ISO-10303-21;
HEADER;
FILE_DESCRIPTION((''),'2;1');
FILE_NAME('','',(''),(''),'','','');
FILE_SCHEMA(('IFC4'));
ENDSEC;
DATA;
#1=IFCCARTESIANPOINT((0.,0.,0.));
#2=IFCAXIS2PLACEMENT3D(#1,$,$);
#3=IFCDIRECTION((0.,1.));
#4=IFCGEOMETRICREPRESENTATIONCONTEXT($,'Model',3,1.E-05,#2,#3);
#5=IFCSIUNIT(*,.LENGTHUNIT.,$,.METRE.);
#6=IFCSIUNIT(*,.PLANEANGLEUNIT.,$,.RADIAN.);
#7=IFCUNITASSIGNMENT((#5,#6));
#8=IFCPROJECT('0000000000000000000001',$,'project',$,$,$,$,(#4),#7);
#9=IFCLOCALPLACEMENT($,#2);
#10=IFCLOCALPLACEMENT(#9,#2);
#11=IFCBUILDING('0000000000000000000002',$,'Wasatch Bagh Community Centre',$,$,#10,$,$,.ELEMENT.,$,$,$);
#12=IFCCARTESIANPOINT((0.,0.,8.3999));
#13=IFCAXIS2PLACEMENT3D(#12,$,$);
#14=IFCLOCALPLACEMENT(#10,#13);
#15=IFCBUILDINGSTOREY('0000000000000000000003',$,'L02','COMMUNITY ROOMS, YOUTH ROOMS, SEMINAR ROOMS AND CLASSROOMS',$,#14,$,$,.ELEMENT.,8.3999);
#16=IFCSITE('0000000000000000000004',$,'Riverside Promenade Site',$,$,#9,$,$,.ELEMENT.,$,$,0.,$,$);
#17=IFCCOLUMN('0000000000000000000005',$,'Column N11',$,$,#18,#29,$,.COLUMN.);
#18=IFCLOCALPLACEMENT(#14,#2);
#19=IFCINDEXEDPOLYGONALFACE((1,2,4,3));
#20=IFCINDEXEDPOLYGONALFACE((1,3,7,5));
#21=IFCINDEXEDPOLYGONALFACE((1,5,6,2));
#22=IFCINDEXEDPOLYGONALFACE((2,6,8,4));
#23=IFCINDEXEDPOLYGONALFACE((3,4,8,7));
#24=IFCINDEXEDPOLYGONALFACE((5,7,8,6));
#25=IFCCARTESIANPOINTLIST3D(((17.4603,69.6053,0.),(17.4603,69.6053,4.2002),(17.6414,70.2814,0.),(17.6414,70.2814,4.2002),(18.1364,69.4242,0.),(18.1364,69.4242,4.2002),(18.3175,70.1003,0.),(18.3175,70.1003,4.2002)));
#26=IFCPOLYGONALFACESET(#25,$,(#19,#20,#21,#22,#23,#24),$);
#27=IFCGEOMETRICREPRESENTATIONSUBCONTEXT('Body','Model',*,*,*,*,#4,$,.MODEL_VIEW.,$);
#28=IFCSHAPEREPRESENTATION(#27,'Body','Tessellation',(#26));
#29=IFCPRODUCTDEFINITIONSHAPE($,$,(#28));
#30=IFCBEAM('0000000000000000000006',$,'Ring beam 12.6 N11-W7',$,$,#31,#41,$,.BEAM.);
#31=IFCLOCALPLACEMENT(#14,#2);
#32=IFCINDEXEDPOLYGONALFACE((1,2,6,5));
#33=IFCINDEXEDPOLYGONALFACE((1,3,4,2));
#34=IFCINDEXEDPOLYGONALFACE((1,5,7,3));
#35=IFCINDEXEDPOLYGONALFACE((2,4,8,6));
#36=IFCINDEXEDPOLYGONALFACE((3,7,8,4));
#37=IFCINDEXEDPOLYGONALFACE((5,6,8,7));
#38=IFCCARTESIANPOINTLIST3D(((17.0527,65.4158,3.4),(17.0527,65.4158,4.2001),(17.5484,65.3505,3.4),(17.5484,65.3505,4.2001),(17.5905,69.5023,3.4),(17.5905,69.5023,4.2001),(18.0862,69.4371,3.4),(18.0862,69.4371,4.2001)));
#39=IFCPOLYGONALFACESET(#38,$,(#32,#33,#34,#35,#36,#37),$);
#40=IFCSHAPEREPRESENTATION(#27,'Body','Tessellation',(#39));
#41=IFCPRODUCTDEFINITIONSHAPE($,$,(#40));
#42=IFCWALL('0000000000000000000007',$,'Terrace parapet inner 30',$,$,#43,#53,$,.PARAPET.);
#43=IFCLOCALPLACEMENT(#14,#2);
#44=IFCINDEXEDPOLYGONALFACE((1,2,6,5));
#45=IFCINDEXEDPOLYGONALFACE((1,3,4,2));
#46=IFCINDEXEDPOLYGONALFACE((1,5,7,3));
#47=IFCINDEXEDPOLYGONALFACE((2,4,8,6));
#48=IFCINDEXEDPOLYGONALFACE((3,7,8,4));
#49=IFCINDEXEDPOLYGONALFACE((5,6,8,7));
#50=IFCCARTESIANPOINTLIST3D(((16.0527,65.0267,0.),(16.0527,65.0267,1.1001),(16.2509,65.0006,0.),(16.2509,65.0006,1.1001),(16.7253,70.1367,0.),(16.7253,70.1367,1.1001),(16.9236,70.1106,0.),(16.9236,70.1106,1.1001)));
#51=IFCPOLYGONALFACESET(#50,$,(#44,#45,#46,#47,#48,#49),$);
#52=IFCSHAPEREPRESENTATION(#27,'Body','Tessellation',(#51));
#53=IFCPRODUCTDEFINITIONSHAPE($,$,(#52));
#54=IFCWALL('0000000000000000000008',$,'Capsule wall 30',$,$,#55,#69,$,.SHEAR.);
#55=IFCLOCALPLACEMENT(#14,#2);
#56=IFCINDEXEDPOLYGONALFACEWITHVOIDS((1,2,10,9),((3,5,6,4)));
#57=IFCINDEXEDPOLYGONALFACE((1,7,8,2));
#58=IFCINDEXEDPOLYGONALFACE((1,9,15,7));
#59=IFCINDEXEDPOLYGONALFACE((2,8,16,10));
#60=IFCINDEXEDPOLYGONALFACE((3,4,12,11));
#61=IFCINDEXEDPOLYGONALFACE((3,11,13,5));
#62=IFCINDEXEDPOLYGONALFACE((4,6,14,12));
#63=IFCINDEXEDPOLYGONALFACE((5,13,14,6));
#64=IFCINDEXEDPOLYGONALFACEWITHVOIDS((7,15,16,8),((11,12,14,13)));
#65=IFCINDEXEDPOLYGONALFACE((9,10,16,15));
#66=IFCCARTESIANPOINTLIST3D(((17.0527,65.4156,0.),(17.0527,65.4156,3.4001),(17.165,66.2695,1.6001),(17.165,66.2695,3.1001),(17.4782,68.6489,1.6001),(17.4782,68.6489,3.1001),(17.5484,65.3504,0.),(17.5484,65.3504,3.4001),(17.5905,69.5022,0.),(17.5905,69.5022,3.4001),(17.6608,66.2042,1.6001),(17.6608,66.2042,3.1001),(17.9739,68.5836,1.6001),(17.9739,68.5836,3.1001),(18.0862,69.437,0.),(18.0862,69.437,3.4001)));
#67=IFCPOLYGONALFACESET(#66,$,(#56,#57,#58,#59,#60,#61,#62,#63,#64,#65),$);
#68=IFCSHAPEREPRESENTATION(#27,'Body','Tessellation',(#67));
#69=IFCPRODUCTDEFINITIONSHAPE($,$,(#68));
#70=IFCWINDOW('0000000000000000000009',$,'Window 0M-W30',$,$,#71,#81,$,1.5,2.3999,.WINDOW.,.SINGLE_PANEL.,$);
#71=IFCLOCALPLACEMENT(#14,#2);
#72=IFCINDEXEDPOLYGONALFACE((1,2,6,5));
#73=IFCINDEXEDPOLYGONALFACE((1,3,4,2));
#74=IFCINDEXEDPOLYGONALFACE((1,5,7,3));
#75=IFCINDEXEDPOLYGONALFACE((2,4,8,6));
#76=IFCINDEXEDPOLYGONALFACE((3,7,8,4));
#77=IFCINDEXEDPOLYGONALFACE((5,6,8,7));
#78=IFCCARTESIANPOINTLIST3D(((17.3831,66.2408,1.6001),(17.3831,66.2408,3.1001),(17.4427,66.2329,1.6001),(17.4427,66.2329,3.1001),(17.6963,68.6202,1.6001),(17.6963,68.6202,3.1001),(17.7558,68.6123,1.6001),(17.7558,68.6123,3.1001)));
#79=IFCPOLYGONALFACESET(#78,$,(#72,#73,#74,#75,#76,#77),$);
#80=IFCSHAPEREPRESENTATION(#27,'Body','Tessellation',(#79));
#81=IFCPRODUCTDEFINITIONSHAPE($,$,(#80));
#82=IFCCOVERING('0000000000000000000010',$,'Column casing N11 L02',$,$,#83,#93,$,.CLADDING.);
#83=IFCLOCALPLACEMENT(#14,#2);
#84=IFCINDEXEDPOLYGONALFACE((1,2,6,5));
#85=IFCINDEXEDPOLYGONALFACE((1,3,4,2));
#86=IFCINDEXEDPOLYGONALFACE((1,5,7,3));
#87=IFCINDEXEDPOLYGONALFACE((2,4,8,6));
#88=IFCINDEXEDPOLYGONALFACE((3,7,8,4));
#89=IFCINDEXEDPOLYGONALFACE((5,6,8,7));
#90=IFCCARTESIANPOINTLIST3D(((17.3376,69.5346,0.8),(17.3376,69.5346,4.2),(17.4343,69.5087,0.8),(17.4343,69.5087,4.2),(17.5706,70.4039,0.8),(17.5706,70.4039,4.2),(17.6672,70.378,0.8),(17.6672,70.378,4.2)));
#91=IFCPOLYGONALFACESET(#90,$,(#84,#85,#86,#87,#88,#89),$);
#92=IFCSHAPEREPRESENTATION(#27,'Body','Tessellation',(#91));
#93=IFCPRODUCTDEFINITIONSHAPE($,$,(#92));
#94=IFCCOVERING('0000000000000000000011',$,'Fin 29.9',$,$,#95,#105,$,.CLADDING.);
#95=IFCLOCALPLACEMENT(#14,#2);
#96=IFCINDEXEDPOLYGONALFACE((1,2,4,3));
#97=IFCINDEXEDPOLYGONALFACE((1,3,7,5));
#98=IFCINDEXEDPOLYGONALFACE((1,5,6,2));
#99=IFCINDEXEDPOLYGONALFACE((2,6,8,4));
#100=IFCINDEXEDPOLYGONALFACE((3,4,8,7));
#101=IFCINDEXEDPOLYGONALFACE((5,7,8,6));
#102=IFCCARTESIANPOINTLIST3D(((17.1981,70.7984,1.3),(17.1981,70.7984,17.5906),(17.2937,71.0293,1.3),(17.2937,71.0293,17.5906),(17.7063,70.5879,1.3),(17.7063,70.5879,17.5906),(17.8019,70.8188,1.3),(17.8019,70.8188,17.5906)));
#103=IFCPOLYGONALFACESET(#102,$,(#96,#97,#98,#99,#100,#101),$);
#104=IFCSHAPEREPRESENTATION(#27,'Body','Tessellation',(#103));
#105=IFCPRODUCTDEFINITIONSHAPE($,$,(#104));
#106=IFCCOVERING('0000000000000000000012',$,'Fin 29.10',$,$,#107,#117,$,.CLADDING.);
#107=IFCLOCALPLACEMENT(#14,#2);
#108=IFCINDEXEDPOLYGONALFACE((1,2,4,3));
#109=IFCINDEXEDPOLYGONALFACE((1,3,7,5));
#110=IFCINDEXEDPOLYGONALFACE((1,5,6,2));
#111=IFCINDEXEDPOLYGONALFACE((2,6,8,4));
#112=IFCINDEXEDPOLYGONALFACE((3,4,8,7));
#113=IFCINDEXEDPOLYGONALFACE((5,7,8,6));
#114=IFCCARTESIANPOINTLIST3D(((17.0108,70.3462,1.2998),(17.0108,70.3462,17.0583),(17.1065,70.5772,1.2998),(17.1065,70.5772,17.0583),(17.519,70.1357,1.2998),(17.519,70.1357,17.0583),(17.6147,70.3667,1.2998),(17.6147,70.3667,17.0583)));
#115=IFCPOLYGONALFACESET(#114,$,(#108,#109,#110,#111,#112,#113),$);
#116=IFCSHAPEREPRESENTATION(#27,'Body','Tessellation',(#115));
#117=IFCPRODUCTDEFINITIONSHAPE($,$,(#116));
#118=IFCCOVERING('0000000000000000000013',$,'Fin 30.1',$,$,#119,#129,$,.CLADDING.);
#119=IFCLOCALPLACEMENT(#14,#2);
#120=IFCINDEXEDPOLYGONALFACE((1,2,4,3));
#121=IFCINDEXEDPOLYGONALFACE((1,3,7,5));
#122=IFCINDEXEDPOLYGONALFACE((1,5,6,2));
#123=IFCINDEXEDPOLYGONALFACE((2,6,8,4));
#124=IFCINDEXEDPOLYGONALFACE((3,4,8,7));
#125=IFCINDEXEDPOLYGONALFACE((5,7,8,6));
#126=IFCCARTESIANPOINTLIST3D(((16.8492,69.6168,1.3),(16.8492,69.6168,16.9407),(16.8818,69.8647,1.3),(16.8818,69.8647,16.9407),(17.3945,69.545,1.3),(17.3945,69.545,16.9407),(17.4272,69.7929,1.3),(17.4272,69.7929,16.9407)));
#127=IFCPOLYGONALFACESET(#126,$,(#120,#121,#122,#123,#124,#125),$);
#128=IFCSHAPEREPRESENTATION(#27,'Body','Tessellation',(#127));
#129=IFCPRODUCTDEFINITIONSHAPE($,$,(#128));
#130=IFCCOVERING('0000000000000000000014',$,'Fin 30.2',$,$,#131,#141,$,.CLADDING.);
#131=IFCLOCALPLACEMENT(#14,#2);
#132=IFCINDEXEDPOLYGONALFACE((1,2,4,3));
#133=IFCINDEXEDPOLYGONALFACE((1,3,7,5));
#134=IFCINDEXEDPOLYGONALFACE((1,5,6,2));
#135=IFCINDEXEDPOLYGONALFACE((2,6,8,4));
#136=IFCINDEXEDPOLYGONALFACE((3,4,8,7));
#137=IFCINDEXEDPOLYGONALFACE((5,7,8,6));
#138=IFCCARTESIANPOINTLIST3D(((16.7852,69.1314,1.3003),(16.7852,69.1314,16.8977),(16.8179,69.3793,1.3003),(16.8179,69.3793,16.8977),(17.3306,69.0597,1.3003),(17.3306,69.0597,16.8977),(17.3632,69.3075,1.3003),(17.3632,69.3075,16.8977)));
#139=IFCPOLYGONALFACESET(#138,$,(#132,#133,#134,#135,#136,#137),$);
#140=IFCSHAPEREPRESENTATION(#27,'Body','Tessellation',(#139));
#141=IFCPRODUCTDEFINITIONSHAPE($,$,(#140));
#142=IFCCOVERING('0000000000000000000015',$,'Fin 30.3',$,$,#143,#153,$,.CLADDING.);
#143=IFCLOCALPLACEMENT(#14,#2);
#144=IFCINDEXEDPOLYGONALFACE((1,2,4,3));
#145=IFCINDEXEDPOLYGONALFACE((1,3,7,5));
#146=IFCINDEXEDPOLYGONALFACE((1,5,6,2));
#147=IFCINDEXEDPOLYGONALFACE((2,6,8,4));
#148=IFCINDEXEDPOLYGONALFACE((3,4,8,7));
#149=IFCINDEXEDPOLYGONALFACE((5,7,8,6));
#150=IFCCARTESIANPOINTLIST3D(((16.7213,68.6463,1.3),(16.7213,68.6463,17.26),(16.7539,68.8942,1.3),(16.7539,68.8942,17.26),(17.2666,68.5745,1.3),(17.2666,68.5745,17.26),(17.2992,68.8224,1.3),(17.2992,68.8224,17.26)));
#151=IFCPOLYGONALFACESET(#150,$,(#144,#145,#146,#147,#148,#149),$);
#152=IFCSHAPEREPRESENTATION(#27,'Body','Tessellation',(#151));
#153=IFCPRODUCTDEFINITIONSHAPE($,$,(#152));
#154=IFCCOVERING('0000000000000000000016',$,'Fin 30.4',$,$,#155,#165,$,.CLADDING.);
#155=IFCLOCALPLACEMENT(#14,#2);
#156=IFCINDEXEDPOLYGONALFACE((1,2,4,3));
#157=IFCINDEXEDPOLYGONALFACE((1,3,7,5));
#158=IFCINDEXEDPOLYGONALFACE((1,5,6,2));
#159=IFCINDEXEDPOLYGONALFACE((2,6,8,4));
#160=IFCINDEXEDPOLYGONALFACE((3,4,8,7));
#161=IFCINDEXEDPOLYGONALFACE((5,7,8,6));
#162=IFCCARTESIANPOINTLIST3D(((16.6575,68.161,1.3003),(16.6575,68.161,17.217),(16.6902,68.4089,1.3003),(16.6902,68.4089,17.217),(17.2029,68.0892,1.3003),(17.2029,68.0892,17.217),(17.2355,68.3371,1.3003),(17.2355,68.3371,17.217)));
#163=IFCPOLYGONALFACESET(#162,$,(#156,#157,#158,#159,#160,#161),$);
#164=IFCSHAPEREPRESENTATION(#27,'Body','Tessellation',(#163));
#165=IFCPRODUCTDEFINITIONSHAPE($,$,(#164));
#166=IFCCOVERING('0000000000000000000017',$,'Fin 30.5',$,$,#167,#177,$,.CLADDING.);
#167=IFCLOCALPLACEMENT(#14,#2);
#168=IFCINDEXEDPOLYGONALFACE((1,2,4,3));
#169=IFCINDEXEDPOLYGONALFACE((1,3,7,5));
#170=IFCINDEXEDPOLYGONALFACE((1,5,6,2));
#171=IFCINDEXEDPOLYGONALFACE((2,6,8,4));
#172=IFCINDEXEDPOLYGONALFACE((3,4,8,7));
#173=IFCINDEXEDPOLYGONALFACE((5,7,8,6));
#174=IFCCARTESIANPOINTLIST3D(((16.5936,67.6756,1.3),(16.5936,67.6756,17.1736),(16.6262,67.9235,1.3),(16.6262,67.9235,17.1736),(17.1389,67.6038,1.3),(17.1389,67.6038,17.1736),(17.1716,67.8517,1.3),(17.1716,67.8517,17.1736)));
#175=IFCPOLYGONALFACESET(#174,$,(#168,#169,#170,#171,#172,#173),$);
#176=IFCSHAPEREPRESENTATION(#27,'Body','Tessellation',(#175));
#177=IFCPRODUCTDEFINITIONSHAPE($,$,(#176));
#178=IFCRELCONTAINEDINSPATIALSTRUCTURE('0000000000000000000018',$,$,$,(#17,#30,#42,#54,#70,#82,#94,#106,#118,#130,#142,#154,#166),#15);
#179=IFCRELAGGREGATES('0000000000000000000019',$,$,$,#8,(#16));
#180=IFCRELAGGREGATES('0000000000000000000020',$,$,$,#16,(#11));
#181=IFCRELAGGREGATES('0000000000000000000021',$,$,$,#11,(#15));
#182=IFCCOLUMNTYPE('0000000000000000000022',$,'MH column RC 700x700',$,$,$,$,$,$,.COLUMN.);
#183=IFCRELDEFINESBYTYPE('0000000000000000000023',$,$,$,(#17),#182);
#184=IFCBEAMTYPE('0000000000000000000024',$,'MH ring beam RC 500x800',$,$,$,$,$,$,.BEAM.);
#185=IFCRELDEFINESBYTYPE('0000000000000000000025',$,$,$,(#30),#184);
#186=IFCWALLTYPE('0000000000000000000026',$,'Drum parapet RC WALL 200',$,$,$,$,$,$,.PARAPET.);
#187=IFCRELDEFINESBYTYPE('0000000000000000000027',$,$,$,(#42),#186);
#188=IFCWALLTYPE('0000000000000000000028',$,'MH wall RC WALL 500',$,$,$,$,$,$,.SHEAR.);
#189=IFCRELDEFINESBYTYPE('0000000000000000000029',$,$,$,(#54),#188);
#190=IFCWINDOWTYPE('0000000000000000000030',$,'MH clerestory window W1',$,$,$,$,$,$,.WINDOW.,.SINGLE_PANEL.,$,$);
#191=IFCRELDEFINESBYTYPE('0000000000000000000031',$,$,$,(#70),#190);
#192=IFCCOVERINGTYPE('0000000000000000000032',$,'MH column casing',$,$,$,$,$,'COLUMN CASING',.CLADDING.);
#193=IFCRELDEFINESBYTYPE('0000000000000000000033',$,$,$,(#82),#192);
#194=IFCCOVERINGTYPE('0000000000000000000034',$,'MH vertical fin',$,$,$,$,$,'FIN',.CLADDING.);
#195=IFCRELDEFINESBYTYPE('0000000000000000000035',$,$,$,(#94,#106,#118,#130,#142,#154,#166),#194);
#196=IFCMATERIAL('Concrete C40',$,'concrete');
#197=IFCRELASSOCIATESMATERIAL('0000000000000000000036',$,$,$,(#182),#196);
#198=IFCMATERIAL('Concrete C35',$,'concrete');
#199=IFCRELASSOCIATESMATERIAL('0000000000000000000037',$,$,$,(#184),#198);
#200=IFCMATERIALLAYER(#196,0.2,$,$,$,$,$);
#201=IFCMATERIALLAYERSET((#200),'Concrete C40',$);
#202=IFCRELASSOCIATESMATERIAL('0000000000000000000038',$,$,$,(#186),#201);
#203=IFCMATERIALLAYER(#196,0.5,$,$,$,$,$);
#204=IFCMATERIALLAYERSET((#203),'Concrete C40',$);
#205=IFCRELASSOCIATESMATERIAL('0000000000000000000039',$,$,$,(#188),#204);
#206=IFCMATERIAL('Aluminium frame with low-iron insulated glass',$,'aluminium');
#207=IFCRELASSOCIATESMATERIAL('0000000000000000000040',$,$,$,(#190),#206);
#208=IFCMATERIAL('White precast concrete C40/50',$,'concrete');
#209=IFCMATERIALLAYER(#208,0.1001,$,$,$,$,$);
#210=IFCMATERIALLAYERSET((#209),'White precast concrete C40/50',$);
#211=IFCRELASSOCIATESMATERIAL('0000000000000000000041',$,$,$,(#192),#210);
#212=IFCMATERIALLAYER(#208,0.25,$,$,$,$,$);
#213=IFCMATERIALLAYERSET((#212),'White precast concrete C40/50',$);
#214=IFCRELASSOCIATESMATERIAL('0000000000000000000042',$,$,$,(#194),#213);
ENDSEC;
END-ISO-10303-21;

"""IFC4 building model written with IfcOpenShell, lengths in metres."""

from ifc_helpers import new_model, si_unit, direction, frame, frame_2d, origin, origin_2d, place, context, subcontext, project, spatial, rectangle, extrude, material, layer, layer_set, material_profile, profile_set, type_object, element, fill, save


model = new_model("IFC4")

# Units and contexts
model_context = context("Model", 3, precision=1e-05, world=origin(), true_north=direction((0.0, 1.0)))
body_context = subcontext(model_context, "Body", "Model", "MODEL_VIEW")
ifc_project = project(units=[si_unit("LENGTHUNIT", "METRE"), si_unit("PLANEANGLEUNIT", "RADIAN")], contexts=[model_context])

# Site, building, storey
site_placement = place(None, origin())
site = spatial("IfcSite", under=ifc_project, at=site_placement, Name="Riverside Promenade Site", CompositionType="ELEMENT", RefElevation=0.0)
building_placement = place(site_placement, origin())
building = spatial("IfcBuilding", under=site, at=building_placement, Name="Wasatch Bagh Community Centre", CompositionType="ELEMENT")
storey_placement = place(building_placement, frame((0.0, 0.0, 8.3999)))
storey = spatial("IfcBuildingStorey", under=building, at=storey_placement, Name="L02", Description="COMMUNITY ROOMS, YOUTH ROOMS, SEMINAR ROOMS AND CLASSROOMS", CompositionType="ELEMENT", Elevation=8.3999)

# Column
ifc_material_1 = material(Name="Concrete C40", Category="concrete")
ifc_material_profile_1 = material_profile(ifc_material_1, rectangle(XDim=0.7, YDim=0.7, at=origin_2d()), Name="RC 700x700")
ifc_profile_set_1 = profile_set([ifc_material_profile_1], Name="Concrete C40")
column_type = type_object("IfcColumnType", Name="MH column RC 700x700", PredefinedType="COLUMN", material=ifc_profile_set_1)
column_placement = place(storey_placement, frame((17.8889, 69.8528, 0.0), z_axis=(0.0, 0.0, 1.0), x_axis=(0.258819, 0.965926, 0.0)))
element("IfcColumn", 1, at=column_placement, inside=storey, type_object=column_type, Name="Column N11", PredefinedType="COLUMN", context=body_context, shape_type="SweptSolid", body=[
    extrude(rectangle(XDim=0.7, YDim=0.7, at=origin_2d()), origin(), (0.0, 0.0, 1.0), 4.2002),
])

# Beam
ifc_material_2 = material(Name="Concrete C35", Category="concrete")
ifc_material_profile_2 = material_profile(ifc_material_2, rectangle(XDim=0.5, YDim=0.8, at=origin_2d()), Name="RC 500x800")
ifc_profile_set_2 = profile_set([ifc_material_profile_2], Name="Concrete C35")
beam_type = type_object("IfcBeamType", Name="MH ring beam RC 500x800", PredefinedType="BEAM", material=ifc_profile_set_2)
beam_placement = place(storey_placement, frame((17.8384, 69.4697, 3.8), z_axis=(-0.130484, -0.99145, 0.0), x_axis=(0.99145, -0.130484, 0.0)))
element("IfcBeam", 2, at=beam_placement, inside=storey, type_object=beam_type, Name="Ring beam 12.6 N11-W7", PredefinedType="BEAM", context=body_context, shape_type="SweptSolid", body=[
    extrude(rectangle(XDim=0.5, YDim=0.8, at=origin_2d()), origin(), (0.0, 0.0, 1.0), 4.1218),
])

# Wall
ifc_layer_1 = layer(ifc_material_1, 0.2)
ifc_layer_set_1 = layer_set([ifc_layer_1], Name="Concrete C40")
wall_type_1 = type_object("IfcWallType", Name="Drum parapet RC WALL 200", PredefinedType="PARAPET", material=ifc_layer_set_1)
wall_1_placement = place(storey_placement, frame((16.8245, 70.1238, 0.0), z_axis=(0.0, 0.0, 1.0), x_axis=(-0.130504, -0.991448, 0.0)))
element("IfcWall", 3, at=wall_1_placement, inside=storey, type_object=wall_type_1, Name="Terrace parapet inner 30", PredefinedType="PARAPET", context=body_context, shape_type="SweptSolid", body=[
    extrude(rectangle(XDim=5.1541, YDim=0.2, at=frame_2d((2.5771, 0.0))), origin(), (0.0, 0.0, 1.0), 1.1001),
])

# Wall, opening, window
ifc_layer_2 = layer(ifc_material_1, 0.5)
ifc_layer_set_2 = layer_set([ifc_layer_2], Name="Concrete C40")
wall_type_2 = type_object("IfcWallType", Name="MH wall RC WALL 500", PredefinedType="SHEAR", material=ifc_layer_set_2)
wall_2_placement = place(storey_placement, frame((17.8384, 69.4697, 0.0), z_axis=(0.0, 0.0, 1.0), x_axis=(-0.130484, -0.99145, 0.0)))
wall_2 = element("IfcWall", 4, at=wall_2_placement, inside=storey, type_object=wall_type_2, Name="Capsule wall 30", PredefinedType="SHEAR", context=body_context, shape_type="SweptSolid", body=[
    extrude(rectangle(XDim=4.1218, YDim=0.5, at=frame_2d((2.061, 0.0))), origin(), (0.0, 0.0, 1.0), 3.4001),
])
opening_placement = place(wall_2_placement, frame((0.8608, 0.0, 1.6001)))
opening = element("IfcOpeningElement", 5, at=opening_placement, cuts=wall_2, PredefinedType="OPENING", context=body_context, shape_type="SweptSolid", body=[
    extrude(rectangle(XDim=2.3999, YDim=1.5, at=frame_2d((1.2, 0.75))), frame((0.0, 0.26, 0.0), z_axis=(0.0, -1.0, 0.0), x_axis=(1.0, 0.0, 0.0)), (0.0, 0.0, 1.0), 0.52),
])
ifc_material_3 = material(Name="Aluminium frame with low-iron insulated glass", Category="aluminium")
window_type = type_object("IfcWindowType", Name="MH clerestory window W1", PartitioningType="SINGLE_PANEL", PredefinedType="WINDOW", material=ifc_material_3)
window_placement = place(opening_placement, origin())
window = element("IfcWindow", 6, at=window_placement, inside=storey, type_object=window_type, Name="Window 0M-W30", OverallHeight=1.5, OverallWidth=2.3999, PartitioningType="SINGLE_PANEL", PredefinedType="WINDOW", context=body_context, shape_type="SweptSolid", body=[
    extrude(rectangle(XDim=2.3999, YDim=1.5, at=frame_2d((1.2, 0.75))), frame((0.0, 0.03, 0.0), z_axis=(0.0, -1.0, 0.0), x_axis=(1.0, 0.0, 0.0)), (0.0, 0.0, 1.0), 0.0601),
])
fill(opening, window)

# Coverings
ifc_material_4 = material(Name="White precast concrete C40/50", Category="concrete")
ifc_layer_3 = layer(ifc_material_4, 0.1001)
ifc_layer_set_3 = layer_set([ifc_layer_3], Name="White precast concrete C40/50")
covering_type_1 = type_object("IfcCoveringType", Name="MH column casing", ElementType="COLUMN CASING", PredefinedType="CLADDING", material=ifc_layer_set_3)
covering_1_placement = place(storey_placement, frame((17.5024, 69.9563, 0.8), z_axis=(0.0, 0.0, 1.0), x_axis=(-0.258819, -0.965926, 0.0)))
element("IfcCovering", 7, at=covering_1_placement, inside=storey, type_object=covering_type_1, Name="Column casing N11 L02", PredefinedType="CLADDING", context=body_context, shape_type="SweptSolid", body=[
    extrude(rectangle(XDim=0.8999, YDim=0.1001, at=origin_2d()), origin(), (0.0, 0.0, 1.0), 3.3999),
])
ifc_layer_4 = layer(ifc_material_4, 0.25)
ifc_layer_set_4 = layer_set([ifc_layer_4], Name="White precast concrete C40/50")
covering_type_2 = type_object("IfcCoveringType", Name="MH vertical fin", ElementType="FIN", PredefinedType="CLADDING", material=ifc_layer_set_4)
covering_2_placement = place(storey_placement, frame((17.5, 70.8086, 1.3), z_axis=(0.0, 0.0, 1.0), x_axis=(-0.382683, -0.92388, 0.0)))
element("IfcCovering", 8, at=covering_2_placement, inside=storey, type_object=covering_type_2, Name="Fin 29.9", PredefinedType="CLADDING", context=body_context, shape_type="SweptSolid", body=[
    extrude(rectangle(XDim=0.25, YDim=0.55, at=origin_2d()), origin(), (0.0, 0.0, 1.0), 16.2905),
])
covering_3_placement = place(storey_placement, frame((17.3127, 70.3564, 1.2998), z_axis=(0.0, 0.0, 1.0), x_axis=(-0.382683, -0.92388, 0.0)))
element("IfcCovering", 9, at=covering_3_placement, inside=storey, type_object=covering_type_2, Name="Fin 29.10", PredefinedType="CLADDING", context=body_context, shape_type="SweptSolid", body=[
    extrude(rectangle(XDim=0.25, YDim=0.55, at=origin_2d()), origin(), (0.0, 0.0, 1.0), 15.7585),
])
covering_4_placement = place(storey_placement, frame((17.1382, 69.7048, 1.3), z_axis=(0.0, 0.0, 1.0), x_axis=(-0.130526, -0.991445, 0.0)))
element("IfcCovering", 10, at=covering_4_placement, inside=storey, type_object=covering_type_2, Name="Fin 30.1", PredefinedType="CLADDING", context=body_context, shape_type="SweptSolid", body=[
    extrude(rectangle(XDim=0.25, YDim=0.55, at=origin_2d()), origin(), (0.0, 0.0, 1.0), 15.6406),
])
covering_5_placement = place(storey_placement, frame((17.0742, 69.2195, 1.3003), z_axis=(0.0, 0.0, 1.0), x_axis=(-0.130526, -0.991445, 0.0)))
element("IfcCovering", 11, at=covering_5_placement, inside=storey, type_object=covering_type_2, Name="Fin 30.2", PredefinedType="CLADDING", context=body_context, shape_type="SweptSolid", body=[
    extrude(rectangle(XDim=0.25, YDim=0.55, at=origin_2d()), origin(), (0.0, 0.0, 1.0), 15.5974),
])
covering_6_placement = place(storey_placement, frame((17.0103, 68.7344, 1.3), z_axis=(0.0, 0.0, 1.0), x_axis=(-0.130526, -0.991445, 0.0)))
element("IfcCovering", 12, at=covering_6_placement, inside=storey, type_object=covering_type_2, Name="Fin 30.3", PredefinedType="CLADDING", context=body_context, shape_type="SweptSolid", body=[
    extrude(rectangle(XDim=0.25, YDim=0.55, at=origin_2d()), origin(), (0.0, 0.0, 1.0), 15.96),
])
covering_7_placement = place(storey_placement, frame((16.9465, 68.249, 1.3003), z_axis=(0.0, 0.0, 1.0), x_axis=(-0.130526, -0.991445, 0.0)))
element("IfcCovering", 13, at=covering_7_placement, inside=storey, type_object=covering_type_2, Name="Fin 30.4", PredefinedType="CLADDING", context=body_context, shape_type="SweptSolid", body=[
    extrude(rectangle(XDim=0.25, YDim=0.55, at=origin_2d()), origin(), (0.0, 0.0, 1.0), 15.9167),
])
covering_8_placement = place(storey_placement, frame((16.8826, 67.7637, 1.3), z_axis=(0.0, 0.0, 1.0), x_axis=(-0.130526, -0.991445, 0.0)))
element("IfcCovering", 14, at=covering_8_placement, inside=storey, type_object=covering_type_2, Name="Fin 30.5", PredefinedType="CLADDING", context=body_context, shape_type="SweptSolid", body=[
    extrude(rectangle(XDim=0.25, YDim=0.55, at=origin_2d()), origin(), (0.0, 0.0, 1.0), 15.8735),
])

save(model, "model.ifc")
